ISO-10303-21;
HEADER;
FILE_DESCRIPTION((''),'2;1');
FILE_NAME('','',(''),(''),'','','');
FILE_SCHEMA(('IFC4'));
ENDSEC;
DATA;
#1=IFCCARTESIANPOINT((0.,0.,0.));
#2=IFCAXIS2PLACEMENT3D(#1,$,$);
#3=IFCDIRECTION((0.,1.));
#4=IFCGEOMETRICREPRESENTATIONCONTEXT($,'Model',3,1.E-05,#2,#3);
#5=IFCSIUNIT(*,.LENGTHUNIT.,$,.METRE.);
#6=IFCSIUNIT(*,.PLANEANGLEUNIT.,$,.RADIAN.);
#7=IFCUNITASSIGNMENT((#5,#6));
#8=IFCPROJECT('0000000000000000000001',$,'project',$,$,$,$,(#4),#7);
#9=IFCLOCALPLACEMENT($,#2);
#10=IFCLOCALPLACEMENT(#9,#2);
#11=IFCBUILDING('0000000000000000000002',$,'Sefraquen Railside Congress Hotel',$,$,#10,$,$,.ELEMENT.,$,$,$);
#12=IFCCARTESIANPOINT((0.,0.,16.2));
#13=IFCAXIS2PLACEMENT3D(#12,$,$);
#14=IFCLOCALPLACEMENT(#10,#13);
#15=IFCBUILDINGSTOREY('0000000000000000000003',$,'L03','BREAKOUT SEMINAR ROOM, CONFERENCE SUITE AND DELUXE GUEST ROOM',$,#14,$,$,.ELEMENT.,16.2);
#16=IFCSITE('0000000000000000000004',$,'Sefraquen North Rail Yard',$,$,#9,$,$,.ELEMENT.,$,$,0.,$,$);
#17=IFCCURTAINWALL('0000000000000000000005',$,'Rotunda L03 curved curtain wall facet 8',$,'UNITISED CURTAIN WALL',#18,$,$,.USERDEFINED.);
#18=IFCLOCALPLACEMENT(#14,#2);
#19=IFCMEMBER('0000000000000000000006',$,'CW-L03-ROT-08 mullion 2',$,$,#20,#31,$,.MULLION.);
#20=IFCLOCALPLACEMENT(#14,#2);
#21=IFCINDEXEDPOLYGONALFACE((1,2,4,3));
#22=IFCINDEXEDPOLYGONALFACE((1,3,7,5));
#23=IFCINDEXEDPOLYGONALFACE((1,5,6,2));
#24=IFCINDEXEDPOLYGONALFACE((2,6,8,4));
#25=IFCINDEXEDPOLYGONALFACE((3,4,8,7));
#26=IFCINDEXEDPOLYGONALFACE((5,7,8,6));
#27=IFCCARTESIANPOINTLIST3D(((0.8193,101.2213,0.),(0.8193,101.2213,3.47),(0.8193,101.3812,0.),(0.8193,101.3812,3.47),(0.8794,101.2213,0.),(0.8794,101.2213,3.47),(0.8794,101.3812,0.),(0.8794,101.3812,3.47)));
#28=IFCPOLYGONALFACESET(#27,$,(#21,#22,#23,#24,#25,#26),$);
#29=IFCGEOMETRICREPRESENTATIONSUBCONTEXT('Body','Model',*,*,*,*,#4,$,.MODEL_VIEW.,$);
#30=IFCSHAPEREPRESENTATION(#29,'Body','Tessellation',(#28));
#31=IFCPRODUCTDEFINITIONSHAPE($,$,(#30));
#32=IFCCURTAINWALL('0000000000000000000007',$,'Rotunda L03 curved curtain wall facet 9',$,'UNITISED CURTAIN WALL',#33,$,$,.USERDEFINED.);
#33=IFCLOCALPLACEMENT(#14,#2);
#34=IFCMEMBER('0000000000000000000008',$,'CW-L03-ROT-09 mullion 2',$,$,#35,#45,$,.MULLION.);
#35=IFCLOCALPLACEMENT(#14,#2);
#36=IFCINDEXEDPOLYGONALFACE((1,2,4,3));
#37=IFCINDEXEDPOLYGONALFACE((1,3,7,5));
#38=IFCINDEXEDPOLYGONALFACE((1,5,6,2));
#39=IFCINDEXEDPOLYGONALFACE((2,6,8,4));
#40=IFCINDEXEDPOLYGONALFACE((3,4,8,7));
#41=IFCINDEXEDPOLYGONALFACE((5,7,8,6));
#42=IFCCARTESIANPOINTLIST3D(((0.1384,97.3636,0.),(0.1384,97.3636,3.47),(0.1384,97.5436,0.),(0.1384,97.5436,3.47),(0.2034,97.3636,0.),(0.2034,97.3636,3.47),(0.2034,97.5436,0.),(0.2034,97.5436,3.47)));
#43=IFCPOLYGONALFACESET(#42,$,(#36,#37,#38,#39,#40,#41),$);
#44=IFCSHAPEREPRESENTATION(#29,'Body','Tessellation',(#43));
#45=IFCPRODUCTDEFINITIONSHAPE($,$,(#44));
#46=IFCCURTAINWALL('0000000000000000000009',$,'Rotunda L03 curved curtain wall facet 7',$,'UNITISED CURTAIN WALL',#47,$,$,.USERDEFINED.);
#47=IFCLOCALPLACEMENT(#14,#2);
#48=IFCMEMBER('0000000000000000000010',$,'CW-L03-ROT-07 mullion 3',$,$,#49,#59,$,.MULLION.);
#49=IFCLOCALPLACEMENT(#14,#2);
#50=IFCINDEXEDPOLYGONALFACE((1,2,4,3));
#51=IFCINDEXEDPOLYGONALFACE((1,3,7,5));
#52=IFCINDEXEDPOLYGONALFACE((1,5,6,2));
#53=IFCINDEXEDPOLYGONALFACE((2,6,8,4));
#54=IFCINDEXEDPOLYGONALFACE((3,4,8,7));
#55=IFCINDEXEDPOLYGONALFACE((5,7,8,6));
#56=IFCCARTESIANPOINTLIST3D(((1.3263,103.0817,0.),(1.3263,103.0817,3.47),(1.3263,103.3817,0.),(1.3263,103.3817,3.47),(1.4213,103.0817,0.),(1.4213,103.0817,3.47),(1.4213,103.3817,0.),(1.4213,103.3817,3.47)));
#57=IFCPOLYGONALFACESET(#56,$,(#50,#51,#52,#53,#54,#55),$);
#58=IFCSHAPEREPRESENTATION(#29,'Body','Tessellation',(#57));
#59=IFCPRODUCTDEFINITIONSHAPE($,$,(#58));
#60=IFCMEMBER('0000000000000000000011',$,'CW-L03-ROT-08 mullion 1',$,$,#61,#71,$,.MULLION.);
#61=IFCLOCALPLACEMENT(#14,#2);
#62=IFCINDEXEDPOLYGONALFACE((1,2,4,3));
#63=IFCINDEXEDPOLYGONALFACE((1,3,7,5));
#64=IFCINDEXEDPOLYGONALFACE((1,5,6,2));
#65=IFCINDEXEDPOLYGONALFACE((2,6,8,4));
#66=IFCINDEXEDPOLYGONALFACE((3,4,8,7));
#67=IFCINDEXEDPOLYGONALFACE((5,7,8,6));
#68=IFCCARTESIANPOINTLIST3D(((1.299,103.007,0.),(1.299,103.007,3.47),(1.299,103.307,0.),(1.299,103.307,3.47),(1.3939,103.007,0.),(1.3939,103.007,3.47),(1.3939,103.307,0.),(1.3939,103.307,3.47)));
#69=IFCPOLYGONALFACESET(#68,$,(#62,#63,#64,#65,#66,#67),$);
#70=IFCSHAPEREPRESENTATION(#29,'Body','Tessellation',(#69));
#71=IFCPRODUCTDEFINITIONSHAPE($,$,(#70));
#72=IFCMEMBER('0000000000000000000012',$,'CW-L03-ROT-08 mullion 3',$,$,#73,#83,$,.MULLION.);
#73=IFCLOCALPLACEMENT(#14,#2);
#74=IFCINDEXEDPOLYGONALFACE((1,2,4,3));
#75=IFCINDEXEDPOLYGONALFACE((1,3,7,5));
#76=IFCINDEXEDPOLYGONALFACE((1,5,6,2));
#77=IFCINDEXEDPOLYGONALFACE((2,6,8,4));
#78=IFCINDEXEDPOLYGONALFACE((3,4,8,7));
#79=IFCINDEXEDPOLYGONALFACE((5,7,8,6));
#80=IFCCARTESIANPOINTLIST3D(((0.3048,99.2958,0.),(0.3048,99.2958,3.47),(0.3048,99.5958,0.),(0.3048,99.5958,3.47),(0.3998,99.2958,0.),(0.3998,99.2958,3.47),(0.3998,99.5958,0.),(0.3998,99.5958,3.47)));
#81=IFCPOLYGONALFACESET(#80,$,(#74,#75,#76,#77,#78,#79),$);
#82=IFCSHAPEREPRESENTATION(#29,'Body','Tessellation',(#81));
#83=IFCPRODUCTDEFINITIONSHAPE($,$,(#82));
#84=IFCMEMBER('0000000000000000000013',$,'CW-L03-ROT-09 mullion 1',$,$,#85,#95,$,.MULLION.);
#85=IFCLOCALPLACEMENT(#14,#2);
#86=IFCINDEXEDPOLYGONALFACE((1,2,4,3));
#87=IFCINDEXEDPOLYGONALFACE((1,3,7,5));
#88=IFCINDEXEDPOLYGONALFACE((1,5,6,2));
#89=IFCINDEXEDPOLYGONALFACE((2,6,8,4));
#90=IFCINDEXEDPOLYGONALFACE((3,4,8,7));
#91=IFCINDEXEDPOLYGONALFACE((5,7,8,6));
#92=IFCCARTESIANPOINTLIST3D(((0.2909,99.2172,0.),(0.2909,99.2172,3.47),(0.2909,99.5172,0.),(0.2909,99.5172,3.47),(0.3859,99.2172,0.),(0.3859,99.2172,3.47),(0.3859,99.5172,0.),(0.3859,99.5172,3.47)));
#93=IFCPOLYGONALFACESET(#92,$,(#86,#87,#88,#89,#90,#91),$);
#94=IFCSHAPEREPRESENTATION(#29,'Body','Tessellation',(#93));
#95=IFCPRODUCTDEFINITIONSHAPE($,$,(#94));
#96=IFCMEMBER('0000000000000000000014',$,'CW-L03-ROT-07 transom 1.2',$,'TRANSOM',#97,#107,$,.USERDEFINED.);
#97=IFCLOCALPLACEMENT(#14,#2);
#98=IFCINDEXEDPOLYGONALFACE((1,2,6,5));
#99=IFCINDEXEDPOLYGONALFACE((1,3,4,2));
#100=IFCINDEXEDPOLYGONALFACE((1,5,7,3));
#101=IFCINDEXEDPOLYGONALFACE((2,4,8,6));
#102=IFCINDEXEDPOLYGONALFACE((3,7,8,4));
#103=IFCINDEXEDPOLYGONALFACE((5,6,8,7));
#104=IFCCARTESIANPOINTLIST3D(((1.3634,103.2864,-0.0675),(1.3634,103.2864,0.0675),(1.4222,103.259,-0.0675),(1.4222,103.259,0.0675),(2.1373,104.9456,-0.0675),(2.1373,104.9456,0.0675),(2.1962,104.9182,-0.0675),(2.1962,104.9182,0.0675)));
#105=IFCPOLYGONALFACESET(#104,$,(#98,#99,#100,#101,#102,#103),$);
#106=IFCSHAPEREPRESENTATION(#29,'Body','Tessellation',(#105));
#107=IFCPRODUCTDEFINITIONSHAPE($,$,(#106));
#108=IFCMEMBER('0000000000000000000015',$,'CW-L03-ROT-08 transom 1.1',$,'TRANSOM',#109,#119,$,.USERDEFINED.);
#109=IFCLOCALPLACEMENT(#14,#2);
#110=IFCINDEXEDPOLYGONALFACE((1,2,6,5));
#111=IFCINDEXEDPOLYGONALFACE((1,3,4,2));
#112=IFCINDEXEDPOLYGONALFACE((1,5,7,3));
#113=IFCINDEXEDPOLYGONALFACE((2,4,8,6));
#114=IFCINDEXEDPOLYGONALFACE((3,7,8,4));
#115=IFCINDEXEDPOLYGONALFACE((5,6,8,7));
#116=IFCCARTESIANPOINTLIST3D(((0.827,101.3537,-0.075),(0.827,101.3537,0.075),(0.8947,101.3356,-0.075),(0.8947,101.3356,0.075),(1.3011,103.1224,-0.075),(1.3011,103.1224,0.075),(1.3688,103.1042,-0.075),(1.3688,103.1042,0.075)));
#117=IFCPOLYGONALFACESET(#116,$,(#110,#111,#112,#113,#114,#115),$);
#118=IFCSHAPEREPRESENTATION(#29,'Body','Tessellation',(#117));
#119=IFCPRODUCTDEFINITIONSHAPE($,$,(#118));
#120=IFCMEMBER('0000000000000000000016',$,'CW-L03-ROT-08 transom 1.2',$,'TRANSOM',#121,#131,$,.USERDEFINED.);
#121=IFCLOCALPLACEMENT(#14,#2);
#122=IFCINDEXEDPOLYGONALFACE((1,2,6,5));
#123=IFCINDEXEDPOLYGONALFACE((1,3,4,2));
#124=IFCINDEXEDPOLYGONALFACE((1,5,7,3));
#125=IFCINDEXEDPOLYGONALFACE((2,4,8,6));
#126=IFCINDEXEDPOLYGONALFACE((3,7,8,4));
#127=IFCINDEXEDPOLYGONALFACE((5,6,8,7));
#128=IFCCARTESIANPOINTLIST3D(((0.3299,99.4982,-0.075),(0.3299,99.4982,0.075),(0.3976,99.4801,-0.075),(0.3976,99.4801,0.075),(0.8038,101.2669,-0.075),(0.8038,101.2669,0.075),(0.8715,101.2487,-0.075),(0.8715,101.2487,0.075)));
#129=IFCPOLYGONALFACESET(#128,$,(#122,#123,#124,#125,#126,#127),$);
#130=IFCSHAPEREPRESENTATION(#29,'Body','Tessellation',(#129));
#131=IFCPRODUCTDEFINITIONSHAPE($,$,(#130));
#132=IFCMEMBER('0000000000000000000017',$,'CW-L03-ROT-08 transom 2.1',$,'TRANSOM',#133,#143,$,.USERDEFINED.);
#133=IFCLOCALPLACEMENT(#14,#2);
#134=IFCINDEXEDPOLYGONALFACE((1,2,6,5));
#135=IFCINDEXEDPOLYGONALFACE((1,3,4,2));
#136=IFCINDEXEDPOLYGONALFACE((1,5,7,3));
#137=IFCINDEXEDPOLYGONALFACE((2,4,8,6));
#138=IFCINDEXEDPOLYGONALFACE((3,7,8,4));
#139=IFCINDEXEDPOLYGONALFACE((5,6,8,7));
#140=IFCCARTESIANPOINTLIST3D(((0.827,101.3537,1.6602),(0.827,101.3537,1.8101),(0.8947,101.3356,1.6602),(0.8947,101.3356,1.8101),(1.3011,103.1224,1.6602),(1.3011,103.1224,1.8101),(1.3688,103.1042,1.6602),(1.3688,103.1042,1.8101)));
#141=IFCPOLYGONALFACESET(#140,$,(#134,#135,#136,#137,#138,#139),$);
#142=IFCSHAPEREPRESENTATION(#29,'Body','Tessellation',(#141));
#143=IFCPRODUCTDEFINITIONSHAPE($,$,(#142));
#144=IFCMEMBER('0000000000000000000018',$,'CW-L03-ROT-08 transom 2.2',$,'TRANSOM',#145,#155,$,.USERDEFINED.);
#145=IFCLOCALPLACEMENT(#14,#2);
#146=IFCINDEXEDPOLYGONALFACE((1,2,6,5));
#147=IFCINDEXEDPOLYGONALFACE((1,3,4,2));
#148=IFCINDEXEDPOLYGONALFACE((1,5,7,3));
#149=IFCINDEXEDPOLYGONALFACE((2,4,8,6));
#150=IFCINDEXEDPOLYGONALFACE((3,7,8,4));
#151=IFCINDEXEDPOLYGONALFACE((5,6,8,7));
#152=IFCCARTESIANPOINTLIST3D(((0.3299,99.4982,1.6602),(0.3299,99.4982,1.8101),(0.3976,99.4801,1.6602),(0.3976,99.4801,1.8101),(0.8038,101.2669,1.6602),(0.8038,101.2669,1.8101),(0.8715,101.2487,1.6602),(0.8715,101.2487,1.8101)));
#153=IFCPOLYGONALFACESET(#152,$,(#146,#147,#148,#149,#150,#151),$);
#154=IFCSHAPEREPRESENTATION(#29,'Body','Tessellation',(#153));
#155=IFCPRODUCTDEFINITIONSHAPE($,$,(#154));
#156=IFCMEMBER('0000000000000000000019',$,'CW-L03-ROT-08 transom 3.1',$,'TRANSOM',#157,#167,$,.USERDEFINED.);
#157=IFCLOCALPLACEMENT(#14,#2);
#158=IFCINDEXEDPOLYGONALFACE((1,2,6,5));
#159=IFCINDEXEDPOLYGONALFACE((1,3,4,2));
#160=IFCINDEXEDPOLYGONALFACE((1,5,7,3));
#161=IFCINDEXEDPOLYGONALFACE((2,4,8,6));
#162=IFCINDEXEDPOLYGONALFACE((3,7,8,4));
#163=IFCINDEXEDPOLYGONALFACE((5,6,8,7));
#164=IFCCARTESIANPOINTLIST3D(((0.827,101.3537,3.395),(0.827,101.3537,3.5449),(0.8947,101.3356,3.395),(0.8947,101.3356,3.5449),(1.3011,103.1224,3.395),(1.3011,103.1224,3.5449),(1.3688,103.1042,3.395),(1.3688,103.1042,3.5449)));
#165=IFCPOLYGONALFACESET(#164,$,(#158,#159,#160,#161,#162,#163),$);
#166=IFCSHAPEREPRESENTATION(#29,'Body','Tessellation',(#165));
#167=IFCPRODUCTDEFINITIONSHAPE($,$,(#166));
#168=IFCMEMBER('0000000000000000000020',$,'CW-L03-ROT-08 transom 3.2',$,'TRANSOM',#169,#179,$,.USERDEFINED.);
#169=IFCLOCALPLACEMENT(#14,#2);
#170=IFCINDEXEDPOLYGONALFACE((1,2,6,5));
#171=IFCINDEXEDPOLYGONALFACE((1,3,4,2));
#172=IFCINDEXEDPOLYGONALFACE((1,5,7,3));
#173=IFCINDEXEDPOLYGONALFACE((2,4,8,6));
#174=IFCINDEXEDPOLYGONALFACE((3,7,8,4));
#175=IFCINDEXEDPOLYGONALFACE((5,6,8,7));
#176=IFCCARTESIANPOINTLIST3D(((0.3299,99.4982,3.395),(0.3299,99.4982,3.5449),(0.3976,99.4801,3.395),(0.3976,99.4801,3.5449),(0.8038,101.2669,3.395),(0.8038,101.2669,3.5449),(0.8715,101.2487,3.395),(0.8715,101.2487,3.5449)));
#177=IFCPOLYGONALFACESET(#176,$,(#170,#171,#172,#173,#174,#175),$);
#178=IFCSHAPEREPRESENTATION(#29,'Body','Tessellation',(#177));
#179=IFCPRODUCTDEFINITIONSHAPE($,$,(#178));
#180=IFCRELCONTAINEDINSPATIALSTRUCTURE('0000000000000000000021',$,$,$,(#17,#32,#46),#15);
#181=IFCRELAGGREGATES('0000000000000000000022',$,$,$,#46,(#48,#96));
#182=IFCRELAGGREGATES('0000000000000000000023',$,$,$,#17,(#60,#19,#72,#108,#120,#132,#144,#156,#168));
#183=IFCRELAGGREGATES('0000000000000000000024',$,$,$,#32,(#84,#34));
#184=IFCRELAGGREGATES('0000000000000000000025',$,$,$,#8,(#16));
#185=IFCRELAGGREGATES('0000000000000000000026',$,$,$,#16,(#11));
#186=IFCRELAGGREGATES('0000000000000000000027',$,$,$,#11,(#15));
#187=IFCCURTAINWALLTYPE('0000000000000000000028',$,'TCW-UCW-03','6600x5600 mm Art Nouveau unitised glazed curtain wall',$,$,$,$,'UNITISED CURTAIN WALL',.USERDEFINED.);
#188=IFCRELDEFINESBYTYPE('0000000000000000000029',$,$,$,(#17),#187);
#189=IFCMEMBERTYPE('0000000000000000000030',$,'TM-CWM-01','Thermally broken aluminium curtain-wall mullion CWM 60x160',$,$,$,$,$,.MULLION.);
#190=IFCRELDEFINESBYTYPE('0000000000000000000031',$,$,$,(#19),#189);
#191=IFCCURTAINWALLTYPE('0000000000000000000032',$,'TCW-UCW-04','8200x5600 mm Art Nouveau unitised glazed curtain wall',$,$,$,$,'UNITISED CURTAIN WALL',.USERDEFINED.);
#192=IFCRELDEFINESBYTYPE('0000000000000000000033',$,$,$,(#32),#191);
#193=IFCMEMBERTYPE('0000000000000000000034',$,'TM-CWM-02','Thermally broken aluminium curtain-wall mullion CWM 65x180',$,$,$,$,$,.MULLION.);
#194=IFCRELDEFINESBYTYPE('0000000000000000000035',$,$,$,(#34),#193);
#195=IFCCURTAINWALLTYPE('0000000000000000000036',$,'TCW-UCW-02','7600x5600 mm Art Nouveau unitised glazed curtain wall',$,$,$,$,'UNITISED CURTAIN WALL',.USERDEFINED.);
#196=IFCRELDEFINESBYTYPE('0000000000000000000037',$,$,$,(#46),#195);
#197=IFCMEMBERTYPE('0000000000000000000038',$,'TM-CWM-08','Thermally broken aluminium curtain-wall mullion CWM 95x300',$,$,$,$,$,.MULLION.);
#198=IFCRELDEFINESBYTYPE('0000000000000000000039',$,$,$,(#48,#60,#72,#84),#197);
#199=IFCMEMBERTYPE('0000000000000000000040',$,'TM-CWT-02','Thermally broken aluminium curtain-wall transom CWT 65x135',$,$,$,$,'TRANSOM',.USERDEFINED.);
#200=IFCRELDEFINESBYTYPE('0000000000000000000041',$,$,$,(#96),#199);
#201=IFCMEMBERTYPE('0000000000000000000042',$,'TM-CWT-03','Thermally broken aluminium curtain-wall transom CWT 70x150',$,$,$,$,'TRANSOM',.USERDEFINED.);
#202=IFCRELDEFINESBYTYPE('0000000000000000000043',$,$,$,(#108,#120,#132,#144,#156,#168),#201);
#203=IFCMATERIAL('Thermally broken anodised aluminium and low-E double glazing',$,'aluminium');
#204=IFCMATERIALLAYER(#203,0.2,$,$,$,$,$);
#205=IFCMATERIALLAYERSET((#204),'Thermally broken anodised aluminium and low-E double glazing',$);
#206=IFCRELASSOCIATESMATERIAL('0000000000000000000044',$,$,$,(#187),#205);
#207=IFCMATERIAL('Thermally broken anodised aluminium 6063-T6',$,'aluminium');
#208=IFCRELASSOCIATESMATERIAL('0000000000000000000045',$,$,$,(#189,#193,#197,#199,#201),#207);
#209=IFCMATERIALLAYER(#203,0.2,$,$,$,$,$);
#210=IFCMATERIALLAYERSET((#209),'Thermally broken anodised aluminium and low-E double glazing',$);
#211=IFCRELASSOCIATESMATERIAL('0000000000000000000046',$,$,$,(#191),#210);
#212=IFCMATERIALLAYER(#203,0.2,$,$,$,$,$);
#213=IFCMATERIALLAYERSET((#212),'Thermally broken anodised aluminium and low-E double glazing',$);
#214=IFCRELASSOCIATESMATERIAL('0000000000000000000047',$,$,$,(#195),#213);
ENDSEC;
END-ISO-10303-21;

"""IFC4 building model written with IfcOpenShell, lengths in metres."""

from ifc_helpers import new_model, si_unit, direction, frame, origin, origin_2d, place, context, subcontext, project, spatial, rectangle, extrude, material, layer, layer_set, material_profile, profile_set, type_object, element, aggregate, save


model = new_model("IFC4")

# Units and contexts
model_context = context("Model", 3, precision=1e-05, world=origin(), true_north=direction((0.0, 1.0)))
body_context = subcontext(model_context, "Body", "Model", "MODEL_VIEW")
ifc_project = project(units=[si_unit("LENGTHUNIT", "METRE"), si_unit("PLANEANGLEUNIT", "RADIAN")], contexts=[model_context])

# Site, building, storey
site_placement = place(None, origin())
site = spatial("IfcSite", under=ifc_project, at=site_placement, Name="Sefraquen North Rail Yard", CompositionType="ELEMENT", RefElevation=0.0)
building_placement = place(site_placement, origin())
building = spatial("IfcBuilding", under=site, at=building_placement, Name="Sefraquen Railside Congress Hotel", CompositionType="ELEMENT")
storey_placement = place(building_placement, frame((0.0, 0.0, 16.2)))
storey = spatial("IfcBuildingStorey", under=building, at=storey_placement, Name="L03", Description="BREAKOUT SEMINAR ROOM, CONFERENCE SUITE AND DELUXE GUEST ROOM", CompositionType="ELEMENT", Elevation=16.2)

# Curtain walls, members
ifc_material_1 = material(Name="Thermally broken anodised aluminium and low-E double glazing", Category="aluminium")
ifc_layer_1 = layer(ifc_material_1, 0.2)
ifc_layer_set_1 = layer_set([ifc_layer_1], Name="Thermally broken anodised aluminium and low-E double glazing")
curtain_wall_type_1 = type_object("IfcCurtainWallType", Name="TCW-UCW-03", Description="6600x5600 mm Art Nouveau unitised glazed curtain wall", ElementType="UNITISED CURTAIN WALL", PredefinedType="USERDEFINED", material=ifc_layer_set_1)
curtain_wall_1_placement = place(storey_placement, origin())
curtain_wall_1 = element("IfcCurtainWall", 1, at=curtain_wall_1_placement, inside=storey, type_object=curtain_wall_type_1, Name="Rotunda L03 curved curtain wall facet 8", ObjectType="UNITISED CURTAIN WALL", PredefinedType="USERDEFINED")
ifc_material_2 = material(Name="Thermally broken anodised aluminium 6063-T6", Category="aluminium")
ifc_material_profile_1 = material_profile(ifc_material_2, rectangle(XDim=0.0601, YDim=0.1599, at=origin_2d()), Name="CWM 60x160")
ifc_profile_set_1 = profile_set([ifc_material_profile_1], Name="Thermally broken anodised aluminium 6063-T6")
member_type_1 = type_object("IfcMemberType", Name="TM-CWM-01", Description="Thermally broken aluminium curtain-wall mullion CWM 60x160", PredefinedType="MULLION", material=ifc_profile_set_1)
member_1_placement = place(storey_placement, frame((0.8494, 101.3013, 0.0), z_axis=(0.0, 0.0, 1.0), x_axis=(1.0, 0.0, 0.0)))
member_1 = element("IfcMember", 2, at=member_1_placement, type_object=member_type_1, Name="CW-L03-ROT-08 mullion 2", PredefinedType="MULLION", context=body_context, shape_type="SweptSolid", body=[
    extrude(rectangle(XDim=0.0601, YDim=0.1599, at=origin_2d()), origin(), (0.0, 0.0, 1.0), 3.47),
])
ifc_layer_2 = layer(ifc_material_1, 0.2)
ifc_layer_set_2 = layer_set([ifc_layer_2], Name="Thermally broken anodised aluminium and low-E double glazing")
curtain_wall_type_2 = type_object("IfcCurtainWallType", Name="TCW-UCW-04", Description="8200x5600 mm Art Nouveau unitised glazed curtain wall", ElementType="UNITISED CURTAIN WALL", PredefinedType="USERDEFINED", material=ifc_layer_set_2)
curtain_wall_2_placement = place(storey_placement, origin())
curtain_wall_2 = element("IfcCurtainWall", 3, at=curtain_wall_2_placement, inside=storey, type_object=curtain_wall_type_2, Name="Rotunda L03 curved curtain wall facet 9", ObjectType="UNITISED CURTAIN WALL", PredefinedType="USERDEFINED")
ifc_material_profile_2 = material_profile(ifc_material_2, rectangle(XDim=0.0649, YDim=0.1799, at=origin_2d()), Name="CWM 65x180")
ifc_profile_set_2 = profile_set([ifc_material_profile_2], Name="Thermally broken anodised aluminium 6063-T6")
member_type_2 = type_object("IfcMemberType", Name="TM-CWM-02", Description="Thermally broken aluminium curtain-wall mullion CWM 65x180", PredefinedType="MULLION", material=ifc_profile_set_2)
member_2_placement = place(storey_placement, frame((0.1709, 97.4536, 0.0), z_axis=(0.0, 0.0, 1.0), x_axis=(1.0, 0.0, 0.0)))
member_2 = element("IfcMember", 4, at=member_2_placement, type_object=member_type_2, Name="CW-L03-ROT-09 mullion 2", PredefinedType="MULLION", context=body_context, shape_type="SweptSolid", body=[
    extrude(rectangle(XDim=0.0649, YDim=0.1799, at=origin_2d()), origin(), (0.0, 0.0, 1.0), 3.47),
])
ifc_layer_3 = layer(ifc_material_1, 0.2)
ifc_layer_set_3 = layer_set([ifc_layer_3], Name="Thermally broken anodised aluminium and low-E double glazing")
curtain_wall_type_3 = type_object("IfcCurtainWallType", Name="TCW-UCW-02", Description="7600x5600 mm Art Nouveau unitised glazed curtain wall", ElementType="UNITISED CURTAIN WALL", PredefinedType="USERDEFINED", material=ifc_layer_set_3)
curtain_wall_3_placement = place(storey_placement, origin())
curtain_wall_3 = element("IfcCurtainWall", 5, at=curtain_wall_3_placement, inside=storey, type_object=curtain_wall_type_3, Name="Rotunda L03 curved curtain wall facet 7", ObjectType="UNITISED CURTAIN WALL", PredefinedType="USERDEFINED")
ifc_material_profile_3 = material_profile(ifc_material_2, rectangle(XDim=0.095, YDim=0.3, at=origin_2d()), Name="CWM 95x300")
ifc_profile_set_3 = profile_set([ifc_material_profile_3], Name="Thermally broken anodised aluminium 6063-T6")
member_type_3 = type_object("IfcMemberType", Name="TM-CWM-08", Description="Thermally broken aluminium curtain-wall mullion CWM 95x300", PredefinedType="MULLION", material=ifc_profile_set_3)
member_3_placement = place(storey_placement, frame((1.3738, 103.2317, 0.0), z_axis=(0.0, 0.0, 1.0), x_axis=(1.0, 0.0, 0.0)))
member_3 = element("IfcMember", 6, at=member_3_placement, type_object=member_type_3, Name="CW-L03-ROT-07 mullion 3", PredefinedType="MULLION", context=body_context, shape_type="SweptSolid", body=[
    extrude(rectangle(XDim=0.095, YDim=0.3, at=origin_2d()), origin(), (0.0, 0.0, 1.0), 3.47),
])

# Members
member_4_placement = place(storey_placement, frame((1.3464, 103.157, 0.0), z_axis=(0.0, 0.0, 1.0), x_axis=(1.0, 0.0, 0.0)))
member_4 = element("IfcMember", 7, at=member_4_placement, type_object=member_type_3, Name="CW-L03-ROT-08 mullion 1", PredefinedType="MULLION", context=body_context, shape_type="SweptSolid", body=[
    extrude(rectangle(XDim=0.095, YDim=0.3, at=origin_2d()), origin(), (0.0, 0.0, 1.0), 3.47),
])
member_5_placement = place(storey_placement, frame((0.3523, 99.4458, 0.0), z_axis=(0.0, 0.0, 1.0), x_axis=(1.0, 0.0, 0.0)))
member_5 = element("IfcMember", 8, at=member_5_placement, type_object=member_type_3, Name="CW-L03-ROT-08 mullion 3", PredefinedType="MULLION", context=body_context, shape_type="SweptSolid", body=[
    extrude(rectangle(XDim=0.095, YDim=0.3, at=origin_2d()), origin(), (0.0, 0.0, 1.0), 3.47),
])
member_6_placement = place(storey_placement, frame((0.3384, 99.3672, 0.0), z_axis=(0.0, 0.0, 1.0), x_axis=(1.0, 0.0, 0.0)))
member_6 = element("IfcMember", 9, at=member_6_placement, type_object=member_type_3, Name="CW-L03-ROT-09 mullion 1", PredefinedType="MULLION", context=body_context, shape_type="SweptSolid", body=[
    extrude(rectangle(XDim=0.095, YDim=0.3, at=origin_2d()), origin(), (0.0, 0.0, 1.0), 3.47),
])
ifc_material_profile_4 = material_profile(ifc_material_2, rectangle(XDim=0.0649, YDim=0.135, at=origin_2d()), Name="CWT 65x135")
ifc_profile_set_4 = profile_set([ifc_material_profile_4], Name="Thermally broken anodised aluminium 6063-T6")
member_type_4 = type_object("IfcMemberType", Name="TM-CWT-02", Description="Thermally broken aluminium curtain-wall transom CWT 65x135", ElementType="TRANSOM", PredefinedType="USERDEFINED", material=ifc_profile_set_4)
member_7_placement = place(storey_placement, frame((2.1667, 104.9319, 0.0), z_axis=(-0.422725, -0.906258, 0.0), x_axis=(0.906258, -0.422725, 0.0)))
member_7 = element("IfcMember", 10, at=member_7_placement, type_object=member_type_4, Name="CW-L03-ROT-07 transom 1.2", ObjectType="TRANSOM", PredefinedType="USERDEFINED", context=body_context, shape_type="SweptSolid", body=[
    extrude(rectangle(XDim=0.0649, YDim=0.135, at=origin_2d()), origin(), (0.0, 0.0, 1.0), 1.8308),
])
ifc_material_profile_5 = material_profile(ifc_material_2, rectangle(XDim=0.0701, YDim=0.1499, at=origin_2d()), Name="CWT 70x150")
ifc_profile_set_5 = profile_set([ifc_material_profile_5], Name="Thermally broken anodised aluminium 6063-T6")
member_type_5 = type_object("IfcMemberType", Name="TM-CWT-03", Description="Thermally broken aluminium curtain-wall transom CWT 70x150", ElementType="TRANSOM", PredefinedType="USERDEFINED", material=ifc_profile_set_5)
member_8_placement = place(storey_placement, frame((1.335, 103.1133, 0.0), z_axis=(-0.25894, -0.965893, 0.0), x_axis=(0.965893, -0.25894, 0.0)))
member_8 = element("IfcMember", 11, at=member_8_placement, type_object=member_type_5, Name="CW-L03-ROT-08 transom 1.1", ObjectType="TRANSOM", PredefinedType="USERDEFINED", context=body_context, shape_type="SweptSolid", body=[
    extrude(rectangle(XDim=0.0701, YDim=0.1499, at=origin_2d()), origin(), (0.0, 0.0, 1.0), 1.8311),
])
member_9_placement = place(storey_placement, frame((0.8376, 101.2578, 0.0), z_axis=(-0.258816, -0.965927, 0.0), x_axis=(0.965927, -0.258816, 0.0)))
member_9 = element("IfcMember", 12, at=member_9_placement, type_object=member_type_5, Name="CW-L03-ROT-08 transom 1.2", ObjectType="TRANSOM", PredefinedType="USERDEFINED", context=body_context, shape_type="SweptSolid", body=[
    extrude(rectangle(XDim=0.0701, YDim=0.1499, at=origin_2d()), origin(), (0.0, 0.0, 1.0), 1.8311),
])
member_10_placement = place(storey_placement, frame((1.335, 103.1133, 1.7351), z_axis=(-0.25894, -0.965893, 0.0), x_axis=(0.965893, -0.25894, 0.0)))
member_10 = element("IfcMember", 13, at=member_10_placement, type_object=member_type_5, Name="CW-L03-ROT-08 transom 2.1", ObjectType="TRANSOM", PredefinedType="USERDEFINED", context=body_context, shape_type="SweptSolid", body=[
    extrude(rectangle(XDim=0.0701, YDim=0.1499, at=origin_2d()), origin(), (0.0, 0.0, 1.0), 1.8311),
])
member_11_placement = place(storey_placement, frame((0.8376, 101.2578, 1.7351), z_axis=(-0.258816, -0.965927, 0.0), x_axis=(0.965927, -0.258816, 0.0)))
member_11 = element("IfcMember", 14, at=member_11_placement, type_object=member_type_5, Name="CW-L03-ROT-08 transom 2.2", ObjectType="TRANSOM", PredefinedType="USERDEFINED", context=body_context, shape_type="SweptSolid", body=[
    extrude(rectangle(XDim=0.0701, YDim=0.1499, at=origin_2d()), origin(), (0.0, 0.0, 1.0), 1.8311),
])
member_12_placement = place(storey_placement, frame((1.335, 103.1133, 3.47), z_axis=(-0.25894, -0.965893, 0.0), x_axis=(0.965893, -0.25894, 0.0)))
member_12 = element("IfcMember", 15, at=member_12_placement, type_object=member_type_5, Name="CW-L03-ROT-08 transom 3.1", ObjectType="TRANSOM", PredefinedType="USERDEFINED", context=body_context, shape_type="SweptSolid", body=[
    extrude(rectangle(XDim=0.0701, YDim=0.1499, at=origin_2d()), origin(), (0.0, 0.0, 1.0), 1.8311),
])
member_13_placement = place(storey_placement, frame((0.8376, 101.2578, 3.47), z_axis=(-0.258816, -0.965927, 0.0), x_axis=(0.965927, -0.258816, 0.0)))
member_13 = element("IfcMember", 16, at=member_13_placement, type_object=member_type_5, Name="CW-L03-ROT-08 transom 3.2", ObjectType="TRANSOM", PredefinedType="USERDEFINED", context=body_context, shape_type="SweptSolid", body=[
    extrude(rectangle(XDim=0.0701, YDim=0.1499, at=origin_2d()), origin(), (0.0, 0.0, 1.0), 1.8311),
])

aggregate(curtain_wall_3, [member_3, member_7])
aggregate(curtain_wall_1, [member_4, member_1, member_5, member_8, member_9, member_10, member_11, member_12, member_13])
aggregate(curtain_wall_2, [member_6, member_2])

save(model, "model.ifc")
